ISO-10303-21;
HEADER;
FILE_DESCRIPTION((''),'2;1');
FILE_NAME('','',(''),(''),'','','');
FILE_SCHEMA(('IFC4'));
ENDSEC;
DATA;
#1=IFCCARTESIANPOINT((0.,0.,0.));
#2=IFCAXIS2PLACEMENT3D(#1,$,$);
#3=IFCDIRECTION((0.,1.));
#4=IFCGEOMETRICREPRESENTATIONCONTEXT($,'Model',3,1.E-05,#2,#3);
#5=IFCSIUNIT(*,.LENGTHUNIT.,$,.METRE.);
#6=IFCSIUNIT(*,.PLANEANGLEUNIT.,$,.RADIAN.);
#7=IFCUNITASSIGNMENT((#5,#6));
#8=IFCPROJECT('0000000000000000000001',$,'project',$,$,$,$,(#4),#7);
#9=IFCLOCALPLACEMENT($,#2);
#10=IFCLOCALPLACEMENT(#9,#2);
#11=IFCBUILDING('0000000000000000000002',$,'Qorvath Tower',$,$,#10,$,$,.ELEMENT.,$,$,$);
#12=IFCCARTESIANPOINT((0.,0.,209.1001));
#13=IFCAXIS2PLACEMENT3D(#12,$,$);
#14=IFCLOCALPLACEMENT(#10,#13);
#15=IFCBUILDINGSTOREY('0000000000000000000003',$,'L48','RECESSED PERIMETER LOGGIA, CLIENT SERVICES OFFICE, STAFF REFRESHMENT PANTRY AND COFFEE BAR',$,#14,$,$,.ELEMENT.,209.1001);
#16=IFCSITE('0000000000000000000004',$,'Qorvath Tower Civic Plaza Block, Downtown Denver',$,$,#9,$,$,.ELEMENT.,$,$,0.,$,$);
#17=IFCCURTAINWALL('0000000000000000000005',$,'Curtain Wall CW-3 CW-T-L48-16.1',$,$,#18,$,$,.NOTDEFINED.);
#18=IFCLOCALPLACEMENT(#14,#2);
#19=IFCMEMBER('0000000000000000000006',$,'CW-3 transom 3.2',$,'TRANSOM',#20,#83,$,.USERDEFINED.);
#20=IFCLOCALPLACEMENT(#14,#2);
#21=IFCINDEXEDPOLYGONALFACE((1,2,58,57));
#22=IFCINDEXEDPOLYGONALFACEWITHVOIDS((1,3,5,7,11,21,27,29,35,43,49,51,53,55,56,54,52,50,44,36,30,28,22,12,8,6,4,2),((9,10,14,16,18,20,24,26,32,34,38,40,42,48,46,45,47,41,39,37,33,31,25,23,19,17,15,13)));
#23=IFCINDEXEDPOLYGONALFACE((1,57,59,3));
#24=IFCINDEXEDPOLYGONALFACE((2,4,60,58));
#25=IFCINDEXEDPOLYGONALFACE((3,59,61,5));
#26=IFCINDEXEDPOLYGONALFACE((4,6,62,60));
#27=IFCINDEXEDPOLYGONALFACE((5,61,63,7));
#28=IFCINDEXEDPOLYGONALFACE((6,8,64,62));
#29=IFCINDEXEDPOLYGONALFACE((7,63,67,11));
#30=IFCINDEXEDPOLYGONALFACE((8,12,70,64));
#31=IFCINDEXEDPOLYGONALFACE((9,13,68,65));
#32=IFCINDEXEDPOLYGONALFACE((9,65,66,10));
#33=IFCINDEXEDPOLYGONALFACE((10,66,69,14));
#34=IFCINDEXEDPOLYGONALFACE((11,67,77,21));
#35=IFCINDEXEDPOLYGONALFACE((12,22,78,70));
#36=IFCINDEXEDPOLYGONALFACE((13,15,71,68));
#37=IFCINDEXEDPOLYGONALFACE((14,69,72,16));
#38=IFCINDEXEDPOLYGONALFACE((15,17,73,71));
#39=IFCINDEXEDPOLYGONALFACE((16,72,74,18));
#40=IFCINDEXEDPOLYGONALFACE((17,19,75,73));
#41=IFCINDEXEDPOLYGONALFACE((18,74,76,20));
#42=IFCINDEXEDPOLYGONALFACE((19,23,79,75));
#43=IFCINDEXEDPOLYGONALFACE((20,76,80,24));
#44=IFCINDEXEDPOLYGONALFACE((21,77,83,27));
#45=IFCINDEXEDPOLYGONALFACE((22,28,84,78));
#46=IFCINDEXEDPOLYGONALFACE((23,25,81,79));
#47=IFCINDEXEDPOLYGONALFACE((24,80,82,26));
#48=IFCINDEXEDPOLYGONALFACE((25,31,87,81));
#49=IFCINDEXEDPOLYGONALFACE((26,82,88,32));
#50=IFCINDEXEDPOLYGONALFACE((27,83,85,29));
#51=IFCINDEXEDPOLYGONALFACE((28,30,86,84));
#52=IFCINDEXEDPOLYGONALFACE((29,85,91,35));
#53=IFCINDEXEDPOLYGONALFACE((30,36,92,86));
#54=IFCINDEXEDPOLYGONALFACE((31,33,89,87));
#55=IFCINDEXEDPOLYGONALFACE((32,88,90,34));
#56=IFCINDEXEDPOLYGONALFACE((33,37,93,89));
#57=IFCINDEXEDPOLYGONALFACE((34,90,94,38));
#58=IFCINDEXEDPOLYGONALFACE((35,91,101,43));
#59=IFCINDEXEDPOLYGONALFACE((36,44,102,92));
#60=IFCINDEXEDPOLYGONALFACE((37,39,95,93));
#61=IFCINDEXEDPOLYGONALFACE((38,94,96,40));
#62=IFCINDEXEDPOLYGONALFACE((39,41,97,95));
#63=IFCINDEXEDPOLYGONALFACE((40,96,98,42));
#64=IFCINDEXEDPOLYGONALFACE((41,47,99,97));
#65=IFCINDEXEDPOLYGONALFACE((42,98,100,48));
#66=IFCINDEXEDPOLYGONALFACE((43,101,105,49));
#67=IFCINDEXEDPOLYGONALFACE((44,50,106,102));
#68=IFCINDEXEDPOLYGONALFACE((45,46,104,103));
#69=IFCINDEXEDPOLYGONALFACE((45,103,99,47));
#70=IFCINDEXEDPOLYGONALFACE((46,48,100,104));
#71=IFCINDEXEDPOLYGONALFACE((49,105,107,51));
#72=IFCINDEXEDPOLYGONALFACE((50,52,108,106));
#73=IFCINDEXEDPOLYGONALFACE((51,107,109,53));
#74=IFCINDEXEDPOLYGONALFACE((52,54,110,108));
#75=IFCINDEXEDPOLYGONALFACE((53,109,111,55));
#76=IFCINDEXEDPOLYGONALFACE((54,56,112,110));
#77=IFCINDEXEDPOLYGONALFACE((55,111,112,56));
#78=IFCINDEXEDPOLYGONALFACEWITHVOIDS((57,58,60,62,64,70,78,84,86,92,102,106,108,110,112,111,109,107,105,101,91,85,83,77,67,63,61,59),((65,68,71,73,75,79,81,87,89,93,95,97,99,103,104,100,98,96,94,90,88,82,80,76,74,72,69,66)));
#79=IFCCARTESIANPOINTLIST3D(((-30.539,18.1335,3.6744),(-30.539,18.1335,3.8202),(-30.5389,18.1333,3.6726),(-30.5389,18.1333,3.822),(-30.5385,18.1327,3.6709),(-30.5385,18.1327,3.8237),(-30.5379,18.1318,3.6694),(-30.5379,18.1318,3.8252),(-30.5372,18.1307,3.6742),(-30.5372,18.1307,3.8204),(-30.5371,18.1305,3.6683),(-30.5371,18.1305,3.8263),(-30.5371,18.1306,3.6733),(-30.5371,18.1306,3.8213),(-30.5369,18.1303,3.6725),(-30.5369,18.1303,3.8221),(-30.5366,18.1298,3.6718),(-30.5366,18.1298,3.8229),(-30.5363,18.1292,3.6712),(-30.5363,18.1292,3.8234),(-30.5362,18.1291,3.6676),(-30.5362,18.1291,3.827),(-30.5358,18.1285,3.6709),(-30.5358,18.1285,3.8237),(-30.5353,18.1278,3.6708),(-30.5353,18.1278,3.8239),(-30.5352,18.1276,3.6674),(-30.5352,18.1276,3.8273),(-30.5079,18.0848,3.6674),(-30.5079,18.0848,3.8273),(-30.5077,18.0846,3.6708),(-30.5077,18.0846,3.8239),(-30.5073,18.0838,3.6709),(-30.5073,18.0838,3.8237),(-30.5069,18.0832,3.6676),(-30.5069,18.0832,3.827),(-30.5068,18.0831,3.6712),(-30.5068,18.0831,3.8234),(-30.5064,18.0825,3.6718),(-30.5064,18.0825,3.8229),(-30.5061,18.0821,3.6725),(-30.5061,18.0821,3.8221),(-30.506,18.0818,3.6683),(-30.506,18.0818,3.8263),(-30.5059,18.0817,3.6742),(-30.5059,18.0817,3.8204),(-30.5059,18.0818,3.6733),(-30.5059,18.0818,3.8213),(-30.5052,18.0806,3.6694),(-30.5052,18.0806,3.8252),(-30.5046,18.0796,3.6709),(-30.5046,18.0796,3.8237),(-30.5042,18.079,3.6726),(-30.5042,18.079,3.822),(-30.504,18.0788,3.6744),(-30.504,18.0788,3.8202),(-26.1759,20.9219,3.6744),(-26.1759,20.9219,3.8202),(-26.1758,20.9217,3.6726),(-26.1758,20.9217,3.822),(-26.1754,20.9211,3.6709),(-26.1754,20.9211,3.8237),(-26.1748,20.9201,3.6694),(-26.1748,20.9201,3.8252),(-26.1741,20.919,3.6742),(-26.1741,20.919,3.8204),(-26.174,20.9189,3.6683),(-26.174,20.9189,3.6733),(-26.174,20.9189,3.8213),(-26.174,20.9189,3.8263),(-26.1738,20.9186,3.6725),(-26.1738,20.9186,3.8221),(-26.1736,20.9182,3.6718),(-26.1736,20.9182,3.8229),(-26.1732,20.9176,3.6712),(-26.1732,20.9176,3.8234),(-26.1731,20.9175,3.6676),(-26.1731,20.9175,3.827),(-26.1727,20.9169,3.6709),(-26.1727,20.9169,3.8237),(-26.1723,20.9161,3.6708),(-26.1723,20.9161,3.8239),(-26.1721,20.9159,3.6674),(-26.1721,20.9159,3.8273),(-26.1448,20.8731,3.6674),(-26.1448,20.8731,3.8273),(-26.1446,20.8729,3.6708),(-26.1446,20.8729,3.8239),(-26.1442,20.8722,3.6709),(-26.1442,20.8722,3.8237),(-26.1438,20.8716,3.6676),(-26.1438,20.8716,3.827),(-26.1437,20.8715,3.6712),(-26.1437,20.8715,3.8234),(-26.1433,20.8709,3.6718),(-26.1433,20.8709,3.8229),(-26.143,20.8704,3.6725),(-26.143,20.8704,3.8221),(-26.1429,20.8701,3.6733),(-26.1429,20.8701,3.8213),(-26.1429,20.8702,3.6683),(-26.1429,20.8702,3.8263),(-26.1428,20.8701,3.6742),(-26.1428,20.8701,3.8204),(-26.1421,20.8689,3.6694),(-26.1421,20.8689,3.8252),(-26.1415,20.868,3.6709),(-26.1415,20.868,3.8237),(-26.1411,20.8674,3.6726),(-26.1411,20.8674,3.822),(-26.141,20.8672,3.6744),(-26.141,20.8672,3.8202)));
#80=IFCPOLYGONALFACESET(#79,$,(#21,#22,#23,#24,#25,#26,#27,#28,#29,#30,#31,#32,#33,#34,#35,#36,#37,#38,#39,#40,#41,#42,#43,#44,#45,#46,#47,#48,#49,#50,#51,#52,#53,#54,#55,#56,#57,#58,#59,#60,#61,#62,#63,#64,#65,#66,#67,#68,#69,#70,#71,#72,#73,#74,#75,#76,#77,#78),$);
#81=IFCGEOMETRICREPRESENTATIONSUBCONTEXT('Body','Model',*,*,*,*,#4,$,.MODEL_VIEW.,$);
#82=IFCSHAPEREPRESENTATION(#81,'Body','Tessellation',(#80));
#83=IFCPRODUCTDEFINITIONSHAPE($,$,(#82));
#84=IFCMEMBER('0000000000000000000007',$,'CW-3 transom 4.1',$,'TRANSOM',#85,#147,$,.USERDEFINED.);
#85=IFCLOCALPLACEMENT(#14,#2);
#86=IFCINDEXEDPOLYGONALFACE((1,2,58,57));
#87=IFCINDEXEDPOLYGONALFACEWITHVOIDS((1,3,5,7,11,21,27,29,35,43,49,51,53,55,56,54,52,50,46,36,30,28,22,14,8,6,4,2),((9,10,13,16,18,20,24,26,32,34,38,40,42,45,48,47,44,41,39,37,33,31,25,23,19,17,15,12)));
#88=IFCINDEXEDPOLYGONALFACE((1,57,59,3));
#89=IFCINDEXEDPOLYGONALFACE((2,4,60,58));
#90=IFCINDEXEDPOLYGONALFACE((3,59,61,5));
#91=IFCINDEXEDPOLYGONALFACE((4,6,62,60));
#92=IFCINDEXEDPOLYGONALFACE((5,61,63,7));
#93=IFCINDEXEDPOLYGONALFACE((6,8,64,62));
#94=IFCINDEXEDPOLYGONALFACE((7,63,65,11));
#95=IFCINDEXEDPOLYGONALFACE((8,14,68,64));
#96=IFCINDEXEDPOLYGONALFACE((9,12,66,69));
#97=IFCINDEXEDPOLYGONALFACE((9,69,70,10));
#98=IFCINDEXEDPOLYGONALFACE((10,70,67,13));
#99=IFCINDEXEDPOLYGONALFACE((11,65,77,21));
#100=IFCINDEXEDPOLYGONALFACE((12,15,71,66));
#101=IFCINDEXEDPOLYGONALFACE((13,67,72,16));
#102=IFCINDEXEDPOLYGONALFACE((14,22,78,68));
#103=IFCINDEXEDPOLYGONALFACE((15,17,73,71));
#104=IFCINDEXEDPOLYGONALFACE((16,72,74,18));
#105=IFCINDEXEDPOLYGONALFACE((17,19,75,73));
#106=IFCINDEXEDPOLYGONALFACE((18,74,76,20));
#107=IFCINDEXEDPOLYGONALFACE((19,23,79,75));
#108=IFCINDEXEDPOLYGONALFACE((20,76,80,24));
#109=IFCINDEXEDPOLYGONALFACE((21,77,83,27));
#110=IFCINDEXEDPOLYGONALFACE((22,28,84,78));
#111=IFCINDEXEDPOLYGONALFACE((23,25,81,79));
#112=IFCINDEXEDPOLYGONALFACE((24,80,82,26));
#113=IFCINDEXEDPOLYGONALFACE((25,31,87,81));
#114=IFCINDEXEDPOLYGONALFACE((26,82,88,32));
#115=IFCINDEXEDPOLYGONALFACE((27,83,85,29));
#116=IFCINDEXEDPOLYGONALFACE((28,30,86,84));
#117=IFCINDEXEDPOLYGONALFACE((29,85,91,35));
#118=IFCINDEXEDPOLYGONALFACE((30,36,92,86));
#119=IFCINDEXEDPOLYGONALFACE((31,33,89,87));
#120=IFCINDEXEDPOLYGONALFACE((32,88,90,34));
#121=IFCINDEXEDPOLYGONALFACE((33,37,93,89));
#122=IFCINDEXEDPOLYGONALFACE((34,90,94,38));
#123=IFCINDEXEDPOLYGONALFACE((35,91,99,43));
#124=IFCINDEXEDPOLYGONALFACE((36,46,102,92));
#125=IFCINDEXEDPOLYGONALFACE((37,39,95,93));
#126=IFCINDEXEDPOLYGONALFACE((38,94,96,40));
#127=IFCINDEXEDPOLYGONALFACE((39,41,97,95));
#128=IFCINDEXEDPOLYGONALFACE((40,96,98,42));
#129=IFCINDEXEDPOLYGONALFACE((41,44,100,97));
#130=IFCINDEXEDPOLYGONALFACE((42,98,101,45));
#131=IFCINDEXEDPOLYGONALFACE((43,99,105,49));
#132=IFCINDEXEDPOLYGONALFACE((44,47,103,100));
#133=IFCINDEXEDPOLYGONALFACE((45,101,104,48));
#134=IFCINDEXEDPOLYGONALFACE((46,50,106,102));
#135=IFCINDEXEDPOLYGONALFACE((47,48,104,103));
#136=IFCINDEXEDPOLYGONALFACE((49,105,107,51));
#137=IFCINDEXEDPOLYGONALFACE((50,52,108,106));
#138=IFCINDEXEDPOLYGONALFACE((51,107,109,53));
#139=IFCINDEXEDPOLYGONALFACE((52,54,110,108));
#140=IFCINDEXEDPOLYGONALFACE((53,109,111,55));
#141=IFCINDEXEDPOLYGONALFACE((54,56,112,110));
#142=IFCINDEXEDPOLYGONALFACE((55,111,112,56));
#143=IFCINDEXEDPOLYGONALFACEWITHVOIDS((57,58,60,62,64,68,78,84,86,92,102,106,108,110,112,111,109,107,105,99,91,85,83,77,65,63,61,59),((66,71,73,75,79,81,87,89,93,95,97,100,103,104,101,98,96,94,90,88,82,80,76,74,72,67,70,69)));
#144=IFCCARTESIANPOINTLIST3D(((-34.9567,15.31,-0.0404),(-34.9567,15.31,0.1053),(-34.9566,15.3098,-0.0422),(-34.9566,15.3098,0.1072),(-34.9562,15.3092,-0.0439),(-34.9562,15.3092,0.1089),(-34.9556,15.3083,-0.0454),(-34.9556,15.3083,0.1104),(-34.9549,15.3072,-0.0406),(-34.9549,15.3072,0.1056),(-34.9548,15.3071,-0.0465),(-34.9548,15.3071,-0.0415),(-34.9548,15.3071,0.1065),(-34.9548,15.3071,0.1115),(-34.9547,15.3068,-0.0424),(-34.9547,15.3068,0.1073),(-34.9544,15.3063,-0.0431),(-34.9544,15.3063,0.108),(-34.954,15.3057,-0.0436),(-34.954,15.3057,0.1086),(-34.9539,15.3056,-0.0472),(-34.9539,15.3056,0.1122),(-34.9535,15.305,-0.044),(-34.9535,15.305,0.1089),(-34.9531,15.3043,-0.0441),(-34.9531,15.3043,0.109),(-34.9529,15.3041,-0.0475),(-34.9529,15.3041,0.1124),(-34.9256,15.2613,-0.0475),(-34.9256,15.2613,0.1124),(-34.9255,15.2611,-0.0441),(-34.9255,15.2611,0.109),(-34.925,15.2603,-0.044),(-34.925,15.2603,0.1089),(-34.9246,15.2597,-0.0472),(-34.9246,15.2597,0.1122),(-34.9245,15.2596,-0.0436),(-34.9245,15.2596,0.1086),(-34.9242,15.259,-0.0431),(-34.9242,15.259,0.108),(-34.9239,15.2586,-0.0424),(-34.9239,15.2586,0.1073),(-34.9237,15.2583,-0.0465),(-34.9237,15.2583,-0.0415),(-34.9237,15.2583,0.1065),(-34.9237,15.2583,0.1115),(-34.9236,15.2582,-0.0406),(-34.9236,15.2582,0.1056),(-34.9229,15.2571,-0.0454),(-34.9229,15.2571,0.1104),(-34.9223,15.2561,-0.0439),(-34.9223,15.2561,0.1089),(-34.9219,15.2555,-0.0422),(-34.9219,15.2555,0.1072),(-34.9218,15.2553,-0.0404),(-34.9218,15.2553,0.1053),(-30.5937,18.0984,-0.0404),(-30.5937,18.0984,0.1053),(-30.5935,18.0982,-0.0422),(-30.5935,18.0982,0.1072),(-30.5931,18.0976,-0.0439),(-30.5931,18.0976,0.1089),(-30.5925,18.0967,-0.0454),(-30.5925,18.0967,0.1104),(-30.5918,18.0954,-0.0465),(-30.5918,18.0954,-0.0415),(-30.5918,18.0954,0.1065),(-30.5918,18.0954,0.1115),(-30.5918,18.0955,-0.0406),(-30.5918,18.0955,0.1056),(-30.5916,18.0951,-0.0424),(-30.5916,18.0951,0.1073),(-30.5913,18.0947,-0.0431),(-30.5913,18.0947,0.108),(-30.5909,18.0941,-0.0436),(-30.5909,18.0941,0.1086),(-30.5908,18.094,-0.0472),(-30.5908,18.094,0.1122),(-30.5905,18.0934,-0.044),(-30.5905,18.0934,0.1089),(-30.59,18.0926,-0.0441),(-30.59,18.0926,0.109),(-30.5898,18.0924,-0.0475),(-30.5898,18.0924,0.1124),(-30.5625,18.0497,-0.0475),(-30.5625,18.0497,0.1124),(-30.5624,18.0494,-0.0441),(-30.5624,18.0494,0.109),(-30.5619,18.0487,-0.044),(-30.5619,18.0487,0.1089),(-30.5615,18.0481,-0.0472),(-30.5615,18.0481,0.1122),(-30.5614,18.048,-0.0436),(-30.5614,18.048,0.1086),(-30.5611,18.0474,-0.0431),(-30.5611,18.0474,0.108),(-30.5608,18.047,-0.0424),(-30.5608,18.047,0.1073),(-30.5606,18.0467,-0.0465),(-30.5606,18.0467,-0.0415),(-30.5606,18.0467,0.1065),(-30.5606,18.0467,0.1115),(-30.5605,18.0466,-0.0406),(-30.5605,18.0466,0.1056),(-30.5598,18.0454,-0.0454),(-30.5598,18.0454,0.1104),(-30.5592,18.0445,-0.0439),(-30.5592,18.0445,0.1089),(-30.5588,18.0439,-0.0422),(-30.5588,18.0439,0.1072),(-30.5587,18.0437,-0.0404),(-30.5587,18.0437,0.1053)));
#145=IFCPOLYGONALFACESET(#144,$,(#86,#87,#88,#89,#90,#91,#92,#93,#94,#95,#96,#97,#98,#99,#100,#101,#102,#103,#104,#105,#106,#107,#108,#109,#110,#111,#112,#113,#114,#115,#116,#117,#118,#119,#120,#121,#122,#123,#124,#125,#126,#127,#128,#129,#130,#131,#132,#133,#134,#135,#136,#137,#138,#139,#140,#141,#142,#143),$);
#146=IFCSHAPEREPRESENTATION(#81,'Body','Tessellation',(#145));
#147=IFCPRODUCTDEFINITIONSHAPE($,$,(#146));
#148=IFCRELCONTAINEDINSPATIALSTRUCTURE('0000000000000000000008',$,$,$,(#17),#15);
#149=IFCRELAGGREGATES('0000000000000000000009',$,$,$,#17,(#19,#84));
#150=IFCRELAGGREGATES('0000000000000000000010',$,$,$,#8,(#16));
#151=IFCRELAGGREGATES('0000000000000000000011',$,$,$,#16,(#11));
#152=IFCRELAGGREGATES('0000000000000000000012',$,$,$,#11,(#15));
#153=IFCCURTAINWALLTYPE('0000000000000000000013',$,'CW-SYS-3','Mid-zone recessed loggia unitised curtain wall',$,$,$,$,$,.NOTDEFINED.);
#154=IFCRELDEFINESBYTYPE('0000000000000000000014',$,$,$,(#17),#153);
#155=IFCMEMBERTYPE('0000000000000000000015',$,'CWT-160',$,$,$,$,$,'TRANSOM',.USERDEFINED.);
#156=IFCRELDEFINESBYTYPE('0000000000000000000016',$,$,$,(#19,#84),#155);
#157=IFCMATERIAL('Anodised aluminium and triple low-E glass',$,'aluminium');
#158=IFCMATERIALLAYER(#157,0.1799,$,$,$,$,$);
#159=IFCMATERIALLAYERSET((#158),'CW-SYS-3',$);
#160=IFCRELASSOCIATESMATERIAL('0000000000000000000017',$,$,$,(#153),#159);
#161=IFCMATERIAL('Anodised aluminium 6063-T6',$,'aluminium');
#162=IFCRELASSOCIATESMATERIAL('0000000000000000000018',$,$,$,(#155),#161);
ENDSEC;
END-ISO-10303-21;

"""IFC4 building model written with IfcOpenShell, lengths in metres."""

from ifc_helpers import new_model, si_unit, direction, frame, origin, origin_2d, place, context, subcontext, project, spatial, hollow_rectangle, extrude, material, layer, layer_set, material_profile, profile_set, type_object, element, aggregate, save


model = new_model("IFC4")

# Units and contexts
model_context = context("Model", 3, precision=1e-05, world=origin(), true_north=direction((0.0, 1.0)))
body_context = subcontext(model_context, "Body", "Model", "MODEL_VIEW")
ifc_project = project(units=[si_unit("LENGTHUNIT", "METRE"), si_unit("PLANEANGLEUNIT", "RADIAN")], contexts=[model_context])

# Site, building, storey
site_placement = place(None, origin())
site = spatial("IfcSite", under=ifc_project, at=site_placement, Name="Qorvath Tower Civic Plaza Block, Downtown Denver", CompositionType="ELEMENT", RefElevation=0.0)
building_placement = place(site_placement, origin())
building = spatial("IfcBuilding", under=site, at=building_placement, Name="Qorvath Tower", CompositionType="ELEMENT")
storey_placement = place(building_placement, frame((0.0, 0.0, 209.1001)))
storey = spatial("IfcBuildingStorey", under=building, at=storey_placement, Name="L48", Description="RECESSED PERIMETER LOGGIA, CLIENT SERVICES OFFICE, STAFF REFRESHMENT PANTRY AND COFFEE BAR", CompositionType="ELEMENT", Elevation=209.1001)

# Curtain wall, members
ifc_material_1 = material(Name="Anodised aluminium and triple low-E glass", Category="aluminium")
ifc_layer_1 = layer(ifc_material_1, 0.1799)
ifc_layer_set_1 = layer_set([ifc_layer_1], Name="CW-SYS-3")
curtain_wall_type = type_object("IfcCurtainWallType", Name="CW-SYS-3", Description="Mid-zone recessed loggia unitised curtain wall", PredefinedType="NOTDEFINED", material=ifc_layer_set_1)
curtain_wall_placement = place(storey_placement, origin())
curtain_wall = element("IfcCurtainWall", 1, at=curtain_wall_placement, inside=storey, type_object=curtain_wall_type, Name="Curtain Wall CW-3 CW-T-L48-16.1", PredefinedType="NOTDEFINED")
ifc_material_2 = material(Name="Anodised aluminium 6063-T6", Category="aluminium")
ifc_material_profile_1 = material_profile(ifc_material_2, hollow_rectangle(XDim=0.0649, YDim=0.1599, WallThickness=0.0034, InnerFilletRadius=0.0034, OuterFilletRadius=0.0071, at=origin_2d()), Name="CWT 160x65")
ifc_profile_set_1 = profile_set([ifc_material_profile_1], Name="Anodised aluminium 6063-T6")
member_type_1 = type_object("IfcMemberType", Name="CWT-160", ElementType="TRANSOM", PredefinedType="USERDEFINED", material=ifc_profile_set_1)
member_1_placement = place(storey_placement, frame((-26.1584, 20.8945, 3.7473), z_axis=(-0.842623, -0.538504, 0.0), x_axis=(0.538504, -0.842623, 0.0)))
member_1 = element("IfcMember", 2, at=member_1_placement, type_object=member_type_1, Name="CW-3 transom 3.2", ObjectType="TRANSOM", PredefinedType="USERDEFINED", context=body_context, shape_type="SweptSolid", body=[
    extrude(hollow_rectangle(XDim=0.0649, YDim=0.1599, WallThickness=0.0034, InnerFilletRadius=0.0034, OuterFilletRadius=0.0071, at=origin_2d()), origin(), (0.0, 0.0, 1.0), 5.178),
])
member_2_placement = place(storey_placement, frame((-30.5762, 18.071, 0.0325), z_axis=(-0.842623, -0.538504, 0.0), x_axis=(0.538504, -0.842623, 0.0)))
member_2 = element("IfcMember", 3, at=member_2_placement, type_object=member_type_1, Name="CW-3 transom 4.1", ObjectType="TRANSOM", PredefinedType="USERDEFINED", context=body_context, shape_type="SweptSolid", body=[
    extrude(hollow_rectangle(XDim=0.0649, YDim=0.1599, WallThickness=0.0034, InnerFilletRadius=0.0034, OuterFilletRadius=0.0071, at=origin_2d()), origin(), (0.0, 0.0, 1.0), 5.178),
])
aggregate(curtain_wall, [member_1, member_2])

save(model, "model.ifc")
